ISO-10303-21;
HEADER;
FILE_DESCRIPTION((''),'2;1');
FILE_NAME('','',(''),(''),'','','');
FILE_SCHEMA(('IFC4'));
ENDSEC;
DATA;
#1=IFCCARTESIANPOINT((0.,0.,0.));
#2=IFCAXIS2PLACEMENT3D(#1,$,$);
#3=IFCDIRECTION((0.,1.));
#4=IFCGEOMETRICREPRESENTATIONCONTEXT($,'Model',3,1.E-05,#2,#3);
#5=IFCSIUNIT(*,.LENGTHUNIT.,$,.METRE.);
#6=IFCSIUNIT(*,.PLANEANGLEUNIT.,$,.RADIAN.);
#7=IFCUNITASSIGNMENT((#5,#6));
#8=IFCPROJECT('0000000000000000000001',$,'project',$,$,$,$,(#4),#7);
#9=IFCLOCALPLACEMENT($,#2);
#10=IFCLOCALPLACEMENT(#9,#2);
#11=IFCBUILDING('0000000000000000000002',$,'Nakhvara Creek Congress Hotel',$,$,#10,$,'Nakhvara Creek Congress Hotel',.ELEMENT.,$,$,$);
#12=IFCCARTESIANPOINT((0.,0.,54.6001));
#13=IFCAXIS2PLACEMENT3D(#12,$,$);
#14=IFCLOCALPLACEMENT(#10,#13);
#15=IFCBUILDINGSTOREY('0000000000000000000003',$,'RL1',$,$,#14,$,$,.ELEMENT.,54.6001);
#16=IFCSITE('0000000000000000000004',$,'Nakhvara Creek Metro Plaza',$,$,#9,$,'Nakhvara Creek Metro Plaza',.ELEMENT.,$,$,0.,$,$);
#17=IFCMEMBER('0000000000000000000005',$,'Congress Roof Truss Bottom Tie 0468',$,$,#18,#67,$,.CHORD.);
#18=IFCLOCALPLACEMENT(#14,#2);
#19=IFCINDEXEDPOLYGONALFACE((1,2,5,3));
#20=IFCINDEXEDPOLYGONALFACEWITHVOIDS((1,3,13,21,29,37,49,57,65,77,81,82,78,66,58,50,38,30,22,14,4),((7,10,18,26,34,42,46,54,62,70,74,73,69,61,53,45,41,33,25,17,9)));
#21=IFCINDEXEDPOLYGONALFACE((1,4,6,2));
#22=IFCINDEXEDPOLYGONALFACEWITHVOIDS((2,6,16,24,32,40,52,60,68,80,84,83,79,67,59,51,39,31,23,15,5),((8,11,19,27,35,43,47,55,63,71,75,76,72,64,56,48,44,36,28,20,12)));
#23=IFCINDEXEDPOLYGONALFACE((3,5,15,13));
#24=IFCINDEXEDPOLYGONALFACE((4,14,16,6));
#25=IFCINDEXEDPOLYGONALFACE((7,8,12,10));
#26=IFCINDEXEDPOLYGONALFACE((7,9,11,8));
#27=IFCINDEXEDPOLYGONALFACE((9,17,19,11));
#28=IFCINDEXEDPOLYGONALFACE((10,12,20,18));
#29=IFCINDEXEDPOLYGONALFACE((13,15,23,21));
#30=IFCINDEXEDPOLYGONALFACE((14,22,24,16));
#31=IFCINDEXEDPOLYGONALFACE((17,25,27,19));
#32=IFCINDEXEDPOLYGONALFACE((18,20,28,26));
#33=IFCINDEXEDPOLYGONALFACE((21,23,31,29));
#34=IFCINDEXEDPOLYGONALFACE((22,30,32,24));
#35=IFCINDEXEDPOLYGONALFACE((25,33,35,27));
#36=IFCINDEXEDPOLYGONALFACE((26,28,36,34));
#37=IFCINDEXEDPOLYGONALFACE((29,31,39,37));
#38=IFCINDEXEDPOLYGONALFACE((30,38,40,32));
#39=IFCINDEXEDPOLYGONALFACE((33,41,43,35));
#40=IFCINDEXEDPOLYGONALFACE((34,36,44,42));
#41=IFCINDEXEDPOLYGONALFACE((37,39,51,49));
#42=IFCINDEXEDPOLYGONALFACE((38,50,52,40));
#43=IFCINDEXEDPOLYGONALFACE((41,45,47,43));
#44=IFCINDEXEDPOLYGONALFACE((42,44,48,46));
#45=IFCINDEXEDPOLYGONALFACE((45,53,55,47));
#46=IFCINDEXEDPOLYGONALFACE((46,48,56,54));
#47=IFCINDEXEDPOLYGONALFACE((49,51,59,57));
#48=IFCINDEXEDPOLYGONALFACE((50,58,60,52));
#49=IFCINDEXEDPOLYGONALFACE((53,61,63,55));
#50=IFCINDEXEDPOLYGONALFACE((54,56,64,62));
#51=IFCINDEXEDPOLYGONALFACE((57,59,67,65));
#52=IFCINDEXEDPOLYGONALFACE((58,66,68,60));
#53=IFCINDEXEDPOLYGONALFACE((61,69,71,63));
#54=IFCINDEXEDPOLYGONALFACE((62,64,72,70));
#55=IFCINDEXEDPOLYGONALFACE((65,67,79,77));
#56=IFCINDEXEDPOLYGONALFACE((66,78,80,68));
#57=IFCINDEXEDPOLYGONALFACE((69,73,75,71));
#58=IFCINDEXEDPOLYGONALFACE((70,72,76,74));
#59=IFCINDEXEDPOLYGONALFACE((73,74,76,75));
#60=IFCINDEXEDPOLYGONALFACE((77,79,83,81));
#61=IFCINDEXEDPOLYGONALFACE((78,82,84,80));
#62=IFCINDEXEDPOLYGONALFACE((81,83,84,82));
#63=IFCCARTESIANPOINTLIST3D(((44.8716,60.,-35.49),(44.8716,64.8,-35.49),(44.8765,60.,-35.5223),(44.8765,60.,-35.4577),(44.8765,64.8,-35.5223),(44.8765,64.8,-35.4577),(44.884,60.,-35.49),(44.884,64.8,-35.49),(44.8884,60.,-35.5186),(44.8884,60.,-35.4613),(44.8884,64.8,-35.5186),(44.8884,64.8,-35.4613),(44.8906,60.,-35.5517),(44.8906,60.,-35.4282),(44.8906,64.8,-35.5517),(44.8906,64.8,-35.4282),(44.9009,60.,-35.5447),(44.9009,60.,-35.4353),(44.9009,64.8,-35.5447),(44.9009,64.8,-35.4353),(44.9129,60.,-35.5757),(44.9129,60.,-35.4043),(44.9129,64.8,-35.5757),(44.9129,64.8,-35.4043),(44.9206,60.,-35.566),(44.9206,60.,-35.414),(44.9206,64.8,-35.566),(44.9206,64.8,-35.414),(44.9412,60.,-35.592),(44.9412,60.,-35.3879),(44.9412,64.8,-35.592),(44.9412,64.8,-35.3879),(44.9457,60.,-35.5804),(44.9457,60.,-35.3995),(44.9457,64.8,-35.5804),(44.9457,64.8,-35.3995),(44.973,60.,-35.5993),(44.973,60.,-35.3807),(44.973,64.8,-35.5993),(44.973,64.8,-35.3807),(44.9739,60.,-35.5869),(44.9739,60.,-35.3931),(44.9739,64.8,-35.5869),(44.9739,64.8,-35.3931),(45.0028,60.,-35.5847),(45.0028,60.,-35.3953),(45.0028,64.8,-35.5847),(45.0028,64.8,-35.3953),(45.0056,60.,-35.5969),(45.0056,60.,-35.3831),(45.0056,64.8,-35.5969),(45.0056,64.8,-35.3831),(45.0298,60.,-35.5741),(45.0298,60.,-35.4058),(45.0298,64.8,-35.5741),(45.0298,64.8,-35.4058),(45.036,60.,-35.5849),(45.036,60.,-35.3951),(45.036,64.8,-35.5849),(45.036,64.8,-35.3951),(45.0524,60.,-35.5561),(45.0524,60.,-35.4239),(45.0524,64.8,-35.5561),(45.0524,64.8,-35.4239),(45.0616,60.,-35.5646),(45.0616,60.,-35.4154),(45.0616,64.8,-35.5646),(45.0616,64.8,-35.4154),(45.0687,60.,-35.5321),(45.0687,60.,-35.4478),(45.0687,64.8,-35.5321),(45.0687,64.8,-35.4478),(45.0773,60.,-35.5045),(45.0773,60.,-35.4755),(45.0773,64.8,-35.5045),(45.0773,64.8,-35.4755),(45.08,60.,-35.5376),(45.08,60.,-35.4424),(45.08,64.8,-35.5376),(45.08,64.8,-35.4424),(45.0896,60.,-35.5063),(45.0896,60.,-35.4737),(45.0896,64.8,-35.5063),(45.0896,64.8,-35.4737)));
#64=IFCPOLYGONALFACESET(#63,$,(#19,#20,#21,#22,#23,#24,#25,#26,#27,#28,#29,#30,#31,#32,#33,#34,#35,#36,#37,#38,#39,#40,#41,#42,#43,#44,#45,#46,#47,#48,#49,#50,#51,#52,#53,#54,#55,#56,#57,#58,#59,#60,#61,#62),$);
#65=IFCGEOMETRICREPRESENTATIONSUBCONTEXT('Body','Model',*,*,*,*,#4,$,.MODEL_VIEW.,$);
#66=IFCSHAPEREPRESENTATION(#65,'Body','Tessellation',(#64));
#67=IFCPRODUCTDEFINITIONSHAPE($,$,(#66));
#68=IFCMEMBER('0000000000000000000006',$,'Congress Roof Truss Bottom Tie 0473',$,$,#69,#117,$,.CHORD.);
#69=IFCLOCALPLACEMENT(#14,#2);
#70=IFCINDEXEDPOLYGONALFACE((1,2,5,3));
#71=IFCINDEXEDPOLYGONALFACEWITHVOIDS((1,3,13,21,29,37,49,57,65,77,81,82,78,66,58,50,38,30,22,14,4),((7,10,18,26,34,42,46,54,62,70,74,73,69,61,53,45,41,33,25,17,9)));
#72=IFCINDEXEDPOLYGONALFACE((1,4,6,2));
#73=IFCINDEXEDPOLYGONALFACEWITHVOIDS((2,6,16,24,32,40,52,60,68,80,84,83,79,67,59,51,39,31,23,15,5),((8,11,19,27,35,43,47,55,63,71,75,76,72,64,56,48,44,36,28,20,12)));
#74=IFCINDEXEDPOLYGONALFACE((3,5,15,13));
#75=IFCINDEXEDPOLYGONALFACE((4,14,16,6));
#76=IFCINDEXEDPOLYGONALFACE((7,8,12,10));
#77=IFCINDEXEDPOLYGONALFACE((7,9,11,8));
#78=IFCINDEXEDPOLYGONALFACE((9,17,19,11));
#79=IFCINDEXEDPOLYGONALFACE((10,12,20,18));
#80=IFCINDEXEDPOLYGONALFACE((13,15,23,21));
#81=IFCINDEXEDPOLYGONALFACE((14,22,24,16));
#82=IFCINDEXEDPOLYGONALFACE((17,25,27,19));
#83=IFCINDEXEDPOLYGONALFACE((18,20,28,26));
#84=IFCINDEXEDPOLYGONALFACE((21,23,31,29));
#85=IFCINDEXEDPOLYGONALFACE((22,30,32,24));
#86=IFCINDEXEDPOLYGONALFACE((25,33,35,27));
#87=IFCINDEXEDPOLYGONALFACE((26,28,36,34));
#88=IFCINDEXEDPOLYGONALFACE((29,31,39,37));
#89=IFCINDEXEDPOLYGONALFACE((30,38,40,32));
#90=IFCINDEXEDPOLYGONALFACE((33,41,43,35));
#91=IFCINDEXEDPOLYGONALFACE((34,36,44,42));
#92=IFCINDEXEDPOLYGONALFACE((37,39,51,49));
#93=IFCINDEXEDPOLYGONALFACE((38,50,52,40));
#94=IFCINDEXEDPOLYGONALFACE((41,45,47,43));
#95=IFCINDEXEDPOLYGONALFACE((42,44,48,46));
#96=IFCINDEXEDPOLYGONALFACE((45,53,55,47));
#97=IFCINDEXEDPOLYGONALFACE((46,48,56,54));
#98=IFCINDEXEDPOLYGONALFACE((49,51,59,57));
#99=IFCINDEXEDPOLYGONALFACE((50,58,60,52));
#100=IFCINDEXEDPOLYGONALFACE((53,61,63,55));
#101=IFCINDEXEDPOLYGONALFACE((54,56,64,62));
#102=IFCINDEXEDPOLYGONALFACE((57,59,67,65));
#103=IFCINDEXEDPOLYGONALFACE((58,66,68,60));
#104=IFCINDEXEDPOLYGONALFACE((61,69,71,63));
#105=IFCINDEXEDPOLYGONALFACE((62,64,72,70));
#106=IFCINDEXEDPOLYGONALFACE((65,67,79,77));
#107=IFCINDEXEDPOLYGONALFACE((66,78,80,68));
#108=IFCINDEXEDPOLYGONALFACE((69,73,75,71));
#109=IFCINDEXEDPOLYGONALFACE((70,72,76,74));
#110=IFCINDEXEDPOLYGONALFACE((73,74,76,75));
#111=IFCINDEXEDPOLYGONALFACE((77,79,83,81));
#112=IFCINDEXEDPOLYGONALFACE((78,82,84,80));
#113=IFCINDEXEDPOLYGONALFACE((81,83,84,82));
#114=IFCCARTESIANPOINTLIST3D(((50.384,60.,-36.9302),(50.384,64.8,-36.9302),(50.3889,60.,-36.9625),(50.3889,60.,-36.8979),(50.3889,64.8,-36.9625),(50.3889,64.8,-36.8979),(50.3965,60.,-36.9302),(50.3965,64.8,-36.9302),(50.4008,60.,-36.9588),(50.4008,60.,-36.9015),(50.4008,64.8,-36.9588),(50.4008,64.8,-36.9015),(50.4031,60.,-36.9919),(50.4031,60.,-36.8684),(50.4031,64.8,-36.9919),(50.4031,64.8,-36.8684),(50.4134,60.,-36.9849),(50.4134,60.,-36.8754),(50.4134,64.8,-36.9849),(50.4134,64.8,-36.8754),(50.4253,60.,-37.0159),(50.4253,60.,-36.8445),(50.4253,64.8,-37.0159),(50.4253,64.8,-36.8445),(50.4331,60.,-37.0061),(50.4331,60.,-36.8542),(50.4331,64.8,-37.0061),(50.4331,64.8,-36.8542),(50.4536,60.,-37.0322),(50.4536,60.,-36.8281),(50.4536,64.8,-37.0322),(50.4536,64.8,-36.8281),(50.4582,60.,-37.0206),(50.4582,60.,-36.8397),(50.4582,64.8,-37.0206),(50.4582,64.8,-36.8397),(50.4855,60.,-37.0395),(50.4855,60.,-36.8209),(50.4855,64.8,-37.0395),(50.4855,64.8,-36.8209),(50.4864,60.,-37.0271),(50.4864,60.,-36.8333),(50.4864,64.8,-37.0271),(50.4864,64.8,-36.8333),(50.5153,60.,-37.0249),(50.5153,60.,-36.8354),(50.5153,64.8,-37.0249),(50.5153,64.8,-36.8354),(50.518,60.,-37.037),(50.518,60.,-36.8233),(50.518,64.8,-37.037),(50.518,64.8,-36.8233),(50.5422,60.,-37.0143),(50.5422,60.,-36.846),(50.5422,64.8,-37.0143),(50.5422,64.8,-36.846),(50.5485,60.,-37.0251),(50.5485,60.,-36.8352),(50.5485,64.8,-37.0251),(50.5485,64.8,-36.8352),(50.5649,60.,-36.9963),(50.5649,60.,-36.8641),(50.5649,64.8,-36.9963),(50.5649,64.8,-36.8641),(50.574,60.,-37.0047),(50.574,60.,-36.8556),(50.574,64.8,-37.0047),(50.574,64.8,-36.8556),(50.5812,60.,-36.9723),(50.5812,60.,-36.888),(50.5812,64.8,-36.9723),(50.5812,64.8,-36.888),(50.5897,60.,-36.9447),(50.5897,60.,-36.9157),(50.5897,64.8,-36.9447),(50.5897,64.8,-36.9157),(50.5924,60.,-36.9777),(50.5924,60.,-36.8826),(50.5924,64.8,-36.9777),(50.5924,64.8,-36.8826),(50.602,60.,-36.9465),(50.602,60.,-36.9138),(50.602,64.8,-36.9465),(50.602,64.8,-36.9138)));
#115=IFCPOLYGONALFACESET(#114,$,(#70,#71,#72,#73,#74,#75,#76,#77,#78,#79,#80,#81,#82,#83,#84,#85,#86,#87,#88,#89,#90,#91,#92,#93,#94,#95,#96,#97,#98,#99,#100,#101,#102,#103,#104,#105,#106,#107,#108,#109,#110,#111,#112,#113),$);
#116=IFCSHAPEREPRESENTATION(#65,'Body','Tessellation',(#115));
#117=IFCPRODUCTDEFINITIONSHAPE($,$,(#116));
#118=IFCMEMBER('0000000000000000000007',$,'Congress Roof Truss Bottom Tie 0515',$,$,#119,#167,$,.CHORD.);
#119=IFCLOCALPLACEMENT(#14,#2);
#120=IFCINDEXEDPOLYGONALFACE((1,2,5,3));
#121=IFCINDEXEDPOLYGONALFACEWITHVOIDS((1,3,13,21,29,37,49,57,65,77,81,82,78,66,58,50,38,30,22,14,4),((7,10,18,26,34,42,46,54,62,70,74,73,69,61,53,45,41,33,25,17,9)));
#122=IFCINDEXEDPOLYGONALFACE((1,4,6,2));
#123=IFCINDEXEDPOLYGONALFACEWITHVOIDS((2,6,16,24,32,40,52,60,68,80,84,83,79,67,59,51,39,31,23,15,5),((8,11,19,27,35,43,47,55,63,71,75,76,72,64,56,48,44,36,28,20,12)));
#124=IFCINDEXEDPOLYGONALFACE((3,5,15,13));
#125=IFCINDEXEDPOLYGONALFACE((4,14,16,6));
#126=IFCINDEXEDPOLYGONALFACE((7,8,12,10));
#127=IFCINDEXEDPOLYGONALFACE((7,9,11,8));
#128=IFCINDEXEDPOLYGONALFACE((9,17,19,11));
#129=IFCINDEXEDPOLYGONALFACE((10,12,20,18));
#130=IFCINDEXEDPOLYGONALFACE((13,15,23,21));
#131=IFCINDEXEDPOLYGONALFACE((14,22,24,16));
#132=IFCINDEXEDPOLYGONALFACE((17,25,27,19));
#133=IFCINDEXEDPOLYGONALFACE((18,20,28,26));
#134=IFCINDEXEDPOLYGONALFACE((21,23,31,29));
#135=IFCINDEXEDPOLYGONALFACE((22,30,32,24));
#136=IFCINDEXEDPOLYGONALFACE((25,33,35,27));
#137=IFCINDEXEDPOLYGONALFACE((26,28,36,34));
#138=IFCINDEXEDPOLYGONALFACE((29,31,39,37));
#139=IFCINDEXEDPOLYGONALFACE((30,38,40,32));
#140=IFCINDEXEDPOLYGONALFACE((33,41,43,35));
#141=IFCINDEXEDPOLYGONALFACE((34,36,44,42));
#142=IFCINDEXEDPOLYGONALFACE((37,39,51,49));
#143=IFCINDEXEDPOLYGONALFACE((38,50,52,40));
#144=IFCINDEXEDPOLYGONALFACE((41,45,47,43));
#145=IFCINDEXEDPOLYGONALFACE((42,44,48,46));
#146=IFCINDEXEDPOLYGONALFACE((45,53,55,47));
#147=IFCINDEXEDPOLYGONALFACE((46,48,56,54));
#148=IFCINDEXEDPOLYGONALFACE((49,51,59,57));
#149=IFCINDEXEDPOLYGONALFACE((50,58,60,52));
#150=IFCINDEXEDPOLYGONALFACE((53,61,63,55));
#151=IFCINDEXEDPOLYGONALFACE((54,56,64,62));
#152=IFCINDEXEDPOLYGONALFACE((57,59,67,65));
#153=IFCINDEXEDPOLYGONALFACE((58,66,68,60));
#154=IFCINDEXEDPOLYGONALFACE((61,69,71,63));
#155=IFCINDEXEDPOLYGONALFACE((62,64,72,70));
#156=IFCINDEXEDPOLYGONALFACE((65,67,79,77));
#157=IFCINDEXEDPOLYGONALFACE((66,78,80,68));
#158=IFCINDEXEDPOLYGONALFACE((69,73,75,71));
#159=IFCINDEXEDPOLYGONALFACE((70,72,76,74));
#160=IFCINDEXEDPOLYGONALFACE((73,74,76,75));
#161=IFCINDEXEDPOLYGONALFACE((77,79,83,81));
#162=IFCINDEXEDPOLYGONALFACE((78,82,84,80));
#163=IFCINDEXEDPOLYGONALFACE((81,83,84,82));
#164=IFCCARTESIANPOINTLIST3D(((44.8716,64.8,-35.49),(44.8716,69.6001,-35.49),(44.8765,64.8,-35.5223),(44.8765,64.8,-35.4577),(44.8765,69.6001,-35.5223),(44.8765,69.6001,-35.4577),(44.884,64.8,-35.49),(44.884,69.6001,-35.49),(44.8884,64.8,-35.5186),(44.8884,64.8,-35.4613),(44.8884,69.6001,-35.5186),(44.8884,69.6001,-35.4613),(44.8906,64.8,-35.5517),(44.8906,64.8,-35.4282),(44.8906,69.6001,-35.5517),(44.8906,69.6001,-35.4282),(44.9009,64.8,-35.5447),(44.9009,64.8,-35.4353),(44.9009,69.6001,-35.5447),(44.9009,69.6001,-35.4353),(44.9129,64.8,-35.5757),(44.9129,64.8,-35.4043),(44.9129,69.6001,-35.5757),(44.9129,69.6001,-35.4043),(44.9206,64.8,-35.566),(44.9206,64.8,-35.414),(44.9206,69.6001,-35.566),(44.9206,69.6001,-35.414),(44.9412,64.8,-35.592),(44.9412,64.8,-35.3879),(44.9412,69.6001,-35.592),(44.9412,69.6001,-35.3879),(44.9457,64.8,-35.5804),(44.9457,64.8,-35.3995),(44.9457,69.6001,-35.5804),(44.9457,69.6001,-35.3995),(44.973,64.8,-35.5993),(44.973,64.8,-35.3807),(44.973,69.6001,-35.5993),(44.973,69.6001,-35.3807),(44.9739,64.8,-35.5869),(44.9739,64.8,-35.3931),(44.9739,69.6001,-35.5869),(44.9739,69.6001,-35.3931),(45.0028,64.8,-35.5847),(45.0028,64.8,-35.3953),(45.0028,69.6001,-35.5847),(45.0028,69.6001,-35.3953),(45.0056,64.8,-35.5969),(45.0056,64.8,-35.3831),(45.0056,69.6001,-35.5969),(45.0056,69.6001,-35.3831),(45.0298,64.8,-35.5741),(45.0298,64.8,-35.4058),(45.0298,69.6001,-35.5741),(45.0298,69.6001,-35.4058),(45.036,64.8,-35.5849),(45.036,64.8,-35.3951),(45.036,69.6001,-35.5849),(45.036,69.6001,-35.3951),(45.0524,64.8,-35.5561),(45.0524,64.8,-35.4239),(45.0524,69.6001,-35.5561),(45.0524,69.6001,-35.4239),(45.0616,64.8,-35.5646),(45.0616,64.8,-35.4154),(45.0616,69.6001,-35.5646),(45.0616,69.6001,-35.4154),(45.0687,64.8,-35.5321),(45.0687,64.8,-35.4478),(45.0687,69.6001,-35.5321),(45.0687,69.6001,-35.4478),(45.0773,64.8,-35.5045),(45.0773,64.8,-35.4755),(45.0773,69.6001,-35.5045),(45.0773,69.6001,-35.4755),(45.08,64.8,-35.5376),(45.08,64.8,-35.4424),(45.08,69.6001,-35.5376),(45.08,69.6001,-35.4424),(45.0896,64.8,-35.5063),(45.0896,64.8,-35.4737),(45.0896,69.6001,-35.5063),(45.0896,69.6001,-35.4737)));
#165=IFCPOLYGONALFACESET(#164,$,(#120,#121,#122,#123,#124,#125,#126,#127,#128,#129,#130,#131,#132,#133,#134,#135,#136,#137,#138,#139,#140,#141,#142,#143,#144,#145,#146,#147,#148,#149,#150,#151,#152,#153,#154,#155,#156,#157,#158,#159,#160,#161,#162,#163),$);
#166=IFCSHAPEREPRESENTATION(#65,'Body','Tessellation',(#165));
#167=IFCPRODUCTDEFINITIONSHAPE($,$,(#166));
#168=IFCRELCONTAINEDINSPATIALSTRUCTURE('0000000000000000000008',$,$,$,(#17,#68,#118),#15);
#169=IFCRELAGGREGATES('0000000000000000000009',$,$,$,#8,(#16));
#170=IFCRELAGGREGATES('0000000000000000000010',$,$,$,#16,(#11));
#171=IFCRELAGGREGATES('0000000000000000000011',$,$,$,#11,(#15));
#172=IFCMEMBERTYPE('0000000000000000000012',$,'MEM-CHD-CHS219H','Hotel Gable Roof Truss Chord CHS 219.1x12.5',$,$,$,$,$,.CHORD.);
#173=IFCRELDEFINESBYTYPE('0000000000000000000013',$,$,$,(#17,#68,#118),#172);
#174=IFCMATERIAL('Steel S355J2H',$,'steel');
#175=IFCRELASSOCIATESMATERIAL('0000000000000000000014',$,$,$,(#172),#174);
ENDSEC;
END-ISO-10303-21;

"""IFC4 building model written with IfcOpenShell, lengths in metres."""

from ifc_helpers import new_model, si_unit, direction, frame, origin, origin_2d, place, context, subcontext, project, spatial, hollow_circle, extrude, material, material_profile, profile_set, type_object, element, save


model = new_model("IFC4")

# Units and contexts
model_context = context("Model", 3, precision=1e-05, world=origin(), true_north=direction((0.0, 1.0)))
body_context = subcontext(model_context, "Body", "Model", "MODEL_VIEW")
ifc_project = project(units=[si_unit("LENGTHUNIT", "METRE"), si_unit("PLANEANGLEUNIT", "RADIAN")], contexts=[model_context])

# Site, building, storey
site_placement = place(None, origin())
site = spatial("IfcSite", under=ifc_project, at=site_placement, Name="Nakhvara Creek Metro Plaza", LongName="Nakhvara Creek Metro Plaza", CompositionType="ELEMENT", RefElevation=0.0)
building_placement = place(site_placement, origin())
building = spatial("IfcBuilding", under=site, at=building_placement, Name="Nakhvara Creek Congress Hotel", LongName="Nakhvara Creek Congress Hotel", CompositionType="ELEMENT")
storey_placement = place(building_placement, frame((0.0, 0.0, 54.6001)))
storey = spatial("IfcBuildingStorey", under=building, at=storey_placement, Name="RL1", CompositionType="ELEMENT", Elevation=54.6001)

# Members
ifc_material_1 = material(Name="Steel S355J2H", Category="steel")
ifc_material_profile_1 = material_profile(ifc_material_1, hollow_circle(Radius=0.1096, WallThickness=0.0125, at=origin_2d()), Name="CHS 219.1x12.5", Category="LoadBearing")
ifc_profile_set_1 = profile_set([ifc_material_profile_1], Name="Steel S355J2H")
member_type_1 = type_object("IfcMemberType", Name="MEM-CHD-CHS219H", Description="Hotel Gable Roof Truss Chord CHS 219.1x12.5", PredefinedType="CHORD", material=ifc_profile_set_1)
for number, where, z_axis, x_axis, name in (
    (1, (44.9812, 60.0, -35.49), (0.0, 1.0, 0.0), (-1.0, 0.0, 0.0), "Congress Roof Truss Bottom Tie 0468"),
    (2, (50.4937, 60.0, -36.9302), (0.0, 1.0, 0.0), (-1.0, 0.0, 0.0), "Congress Roof Truss Bottom Tie 0473"),
    (3, (44.9812, 64.8, -35.49), (0.0, 1.0, 0.0), (-1.0, 0.0, 0.0), "Congress Roof Truss Bottom Tie 0515"),
):
    element("IfcMember", number, at=place(storey_placement, frame(where, z_axis=z_axis, x_axis=x_axis)), inside=storey, type_object=member_type_1, Name=name, PredefinedType="CHORD", context=body_context, shape_type="SweptSolid", body=[
        extrude(hollow_circle(Radius=0.1096, WallThickness=0.0125, at=origin_2d()), origin(), (0.0, 0.0, 1.0), 4.8),
    ])

save(model, "model.ifc")
